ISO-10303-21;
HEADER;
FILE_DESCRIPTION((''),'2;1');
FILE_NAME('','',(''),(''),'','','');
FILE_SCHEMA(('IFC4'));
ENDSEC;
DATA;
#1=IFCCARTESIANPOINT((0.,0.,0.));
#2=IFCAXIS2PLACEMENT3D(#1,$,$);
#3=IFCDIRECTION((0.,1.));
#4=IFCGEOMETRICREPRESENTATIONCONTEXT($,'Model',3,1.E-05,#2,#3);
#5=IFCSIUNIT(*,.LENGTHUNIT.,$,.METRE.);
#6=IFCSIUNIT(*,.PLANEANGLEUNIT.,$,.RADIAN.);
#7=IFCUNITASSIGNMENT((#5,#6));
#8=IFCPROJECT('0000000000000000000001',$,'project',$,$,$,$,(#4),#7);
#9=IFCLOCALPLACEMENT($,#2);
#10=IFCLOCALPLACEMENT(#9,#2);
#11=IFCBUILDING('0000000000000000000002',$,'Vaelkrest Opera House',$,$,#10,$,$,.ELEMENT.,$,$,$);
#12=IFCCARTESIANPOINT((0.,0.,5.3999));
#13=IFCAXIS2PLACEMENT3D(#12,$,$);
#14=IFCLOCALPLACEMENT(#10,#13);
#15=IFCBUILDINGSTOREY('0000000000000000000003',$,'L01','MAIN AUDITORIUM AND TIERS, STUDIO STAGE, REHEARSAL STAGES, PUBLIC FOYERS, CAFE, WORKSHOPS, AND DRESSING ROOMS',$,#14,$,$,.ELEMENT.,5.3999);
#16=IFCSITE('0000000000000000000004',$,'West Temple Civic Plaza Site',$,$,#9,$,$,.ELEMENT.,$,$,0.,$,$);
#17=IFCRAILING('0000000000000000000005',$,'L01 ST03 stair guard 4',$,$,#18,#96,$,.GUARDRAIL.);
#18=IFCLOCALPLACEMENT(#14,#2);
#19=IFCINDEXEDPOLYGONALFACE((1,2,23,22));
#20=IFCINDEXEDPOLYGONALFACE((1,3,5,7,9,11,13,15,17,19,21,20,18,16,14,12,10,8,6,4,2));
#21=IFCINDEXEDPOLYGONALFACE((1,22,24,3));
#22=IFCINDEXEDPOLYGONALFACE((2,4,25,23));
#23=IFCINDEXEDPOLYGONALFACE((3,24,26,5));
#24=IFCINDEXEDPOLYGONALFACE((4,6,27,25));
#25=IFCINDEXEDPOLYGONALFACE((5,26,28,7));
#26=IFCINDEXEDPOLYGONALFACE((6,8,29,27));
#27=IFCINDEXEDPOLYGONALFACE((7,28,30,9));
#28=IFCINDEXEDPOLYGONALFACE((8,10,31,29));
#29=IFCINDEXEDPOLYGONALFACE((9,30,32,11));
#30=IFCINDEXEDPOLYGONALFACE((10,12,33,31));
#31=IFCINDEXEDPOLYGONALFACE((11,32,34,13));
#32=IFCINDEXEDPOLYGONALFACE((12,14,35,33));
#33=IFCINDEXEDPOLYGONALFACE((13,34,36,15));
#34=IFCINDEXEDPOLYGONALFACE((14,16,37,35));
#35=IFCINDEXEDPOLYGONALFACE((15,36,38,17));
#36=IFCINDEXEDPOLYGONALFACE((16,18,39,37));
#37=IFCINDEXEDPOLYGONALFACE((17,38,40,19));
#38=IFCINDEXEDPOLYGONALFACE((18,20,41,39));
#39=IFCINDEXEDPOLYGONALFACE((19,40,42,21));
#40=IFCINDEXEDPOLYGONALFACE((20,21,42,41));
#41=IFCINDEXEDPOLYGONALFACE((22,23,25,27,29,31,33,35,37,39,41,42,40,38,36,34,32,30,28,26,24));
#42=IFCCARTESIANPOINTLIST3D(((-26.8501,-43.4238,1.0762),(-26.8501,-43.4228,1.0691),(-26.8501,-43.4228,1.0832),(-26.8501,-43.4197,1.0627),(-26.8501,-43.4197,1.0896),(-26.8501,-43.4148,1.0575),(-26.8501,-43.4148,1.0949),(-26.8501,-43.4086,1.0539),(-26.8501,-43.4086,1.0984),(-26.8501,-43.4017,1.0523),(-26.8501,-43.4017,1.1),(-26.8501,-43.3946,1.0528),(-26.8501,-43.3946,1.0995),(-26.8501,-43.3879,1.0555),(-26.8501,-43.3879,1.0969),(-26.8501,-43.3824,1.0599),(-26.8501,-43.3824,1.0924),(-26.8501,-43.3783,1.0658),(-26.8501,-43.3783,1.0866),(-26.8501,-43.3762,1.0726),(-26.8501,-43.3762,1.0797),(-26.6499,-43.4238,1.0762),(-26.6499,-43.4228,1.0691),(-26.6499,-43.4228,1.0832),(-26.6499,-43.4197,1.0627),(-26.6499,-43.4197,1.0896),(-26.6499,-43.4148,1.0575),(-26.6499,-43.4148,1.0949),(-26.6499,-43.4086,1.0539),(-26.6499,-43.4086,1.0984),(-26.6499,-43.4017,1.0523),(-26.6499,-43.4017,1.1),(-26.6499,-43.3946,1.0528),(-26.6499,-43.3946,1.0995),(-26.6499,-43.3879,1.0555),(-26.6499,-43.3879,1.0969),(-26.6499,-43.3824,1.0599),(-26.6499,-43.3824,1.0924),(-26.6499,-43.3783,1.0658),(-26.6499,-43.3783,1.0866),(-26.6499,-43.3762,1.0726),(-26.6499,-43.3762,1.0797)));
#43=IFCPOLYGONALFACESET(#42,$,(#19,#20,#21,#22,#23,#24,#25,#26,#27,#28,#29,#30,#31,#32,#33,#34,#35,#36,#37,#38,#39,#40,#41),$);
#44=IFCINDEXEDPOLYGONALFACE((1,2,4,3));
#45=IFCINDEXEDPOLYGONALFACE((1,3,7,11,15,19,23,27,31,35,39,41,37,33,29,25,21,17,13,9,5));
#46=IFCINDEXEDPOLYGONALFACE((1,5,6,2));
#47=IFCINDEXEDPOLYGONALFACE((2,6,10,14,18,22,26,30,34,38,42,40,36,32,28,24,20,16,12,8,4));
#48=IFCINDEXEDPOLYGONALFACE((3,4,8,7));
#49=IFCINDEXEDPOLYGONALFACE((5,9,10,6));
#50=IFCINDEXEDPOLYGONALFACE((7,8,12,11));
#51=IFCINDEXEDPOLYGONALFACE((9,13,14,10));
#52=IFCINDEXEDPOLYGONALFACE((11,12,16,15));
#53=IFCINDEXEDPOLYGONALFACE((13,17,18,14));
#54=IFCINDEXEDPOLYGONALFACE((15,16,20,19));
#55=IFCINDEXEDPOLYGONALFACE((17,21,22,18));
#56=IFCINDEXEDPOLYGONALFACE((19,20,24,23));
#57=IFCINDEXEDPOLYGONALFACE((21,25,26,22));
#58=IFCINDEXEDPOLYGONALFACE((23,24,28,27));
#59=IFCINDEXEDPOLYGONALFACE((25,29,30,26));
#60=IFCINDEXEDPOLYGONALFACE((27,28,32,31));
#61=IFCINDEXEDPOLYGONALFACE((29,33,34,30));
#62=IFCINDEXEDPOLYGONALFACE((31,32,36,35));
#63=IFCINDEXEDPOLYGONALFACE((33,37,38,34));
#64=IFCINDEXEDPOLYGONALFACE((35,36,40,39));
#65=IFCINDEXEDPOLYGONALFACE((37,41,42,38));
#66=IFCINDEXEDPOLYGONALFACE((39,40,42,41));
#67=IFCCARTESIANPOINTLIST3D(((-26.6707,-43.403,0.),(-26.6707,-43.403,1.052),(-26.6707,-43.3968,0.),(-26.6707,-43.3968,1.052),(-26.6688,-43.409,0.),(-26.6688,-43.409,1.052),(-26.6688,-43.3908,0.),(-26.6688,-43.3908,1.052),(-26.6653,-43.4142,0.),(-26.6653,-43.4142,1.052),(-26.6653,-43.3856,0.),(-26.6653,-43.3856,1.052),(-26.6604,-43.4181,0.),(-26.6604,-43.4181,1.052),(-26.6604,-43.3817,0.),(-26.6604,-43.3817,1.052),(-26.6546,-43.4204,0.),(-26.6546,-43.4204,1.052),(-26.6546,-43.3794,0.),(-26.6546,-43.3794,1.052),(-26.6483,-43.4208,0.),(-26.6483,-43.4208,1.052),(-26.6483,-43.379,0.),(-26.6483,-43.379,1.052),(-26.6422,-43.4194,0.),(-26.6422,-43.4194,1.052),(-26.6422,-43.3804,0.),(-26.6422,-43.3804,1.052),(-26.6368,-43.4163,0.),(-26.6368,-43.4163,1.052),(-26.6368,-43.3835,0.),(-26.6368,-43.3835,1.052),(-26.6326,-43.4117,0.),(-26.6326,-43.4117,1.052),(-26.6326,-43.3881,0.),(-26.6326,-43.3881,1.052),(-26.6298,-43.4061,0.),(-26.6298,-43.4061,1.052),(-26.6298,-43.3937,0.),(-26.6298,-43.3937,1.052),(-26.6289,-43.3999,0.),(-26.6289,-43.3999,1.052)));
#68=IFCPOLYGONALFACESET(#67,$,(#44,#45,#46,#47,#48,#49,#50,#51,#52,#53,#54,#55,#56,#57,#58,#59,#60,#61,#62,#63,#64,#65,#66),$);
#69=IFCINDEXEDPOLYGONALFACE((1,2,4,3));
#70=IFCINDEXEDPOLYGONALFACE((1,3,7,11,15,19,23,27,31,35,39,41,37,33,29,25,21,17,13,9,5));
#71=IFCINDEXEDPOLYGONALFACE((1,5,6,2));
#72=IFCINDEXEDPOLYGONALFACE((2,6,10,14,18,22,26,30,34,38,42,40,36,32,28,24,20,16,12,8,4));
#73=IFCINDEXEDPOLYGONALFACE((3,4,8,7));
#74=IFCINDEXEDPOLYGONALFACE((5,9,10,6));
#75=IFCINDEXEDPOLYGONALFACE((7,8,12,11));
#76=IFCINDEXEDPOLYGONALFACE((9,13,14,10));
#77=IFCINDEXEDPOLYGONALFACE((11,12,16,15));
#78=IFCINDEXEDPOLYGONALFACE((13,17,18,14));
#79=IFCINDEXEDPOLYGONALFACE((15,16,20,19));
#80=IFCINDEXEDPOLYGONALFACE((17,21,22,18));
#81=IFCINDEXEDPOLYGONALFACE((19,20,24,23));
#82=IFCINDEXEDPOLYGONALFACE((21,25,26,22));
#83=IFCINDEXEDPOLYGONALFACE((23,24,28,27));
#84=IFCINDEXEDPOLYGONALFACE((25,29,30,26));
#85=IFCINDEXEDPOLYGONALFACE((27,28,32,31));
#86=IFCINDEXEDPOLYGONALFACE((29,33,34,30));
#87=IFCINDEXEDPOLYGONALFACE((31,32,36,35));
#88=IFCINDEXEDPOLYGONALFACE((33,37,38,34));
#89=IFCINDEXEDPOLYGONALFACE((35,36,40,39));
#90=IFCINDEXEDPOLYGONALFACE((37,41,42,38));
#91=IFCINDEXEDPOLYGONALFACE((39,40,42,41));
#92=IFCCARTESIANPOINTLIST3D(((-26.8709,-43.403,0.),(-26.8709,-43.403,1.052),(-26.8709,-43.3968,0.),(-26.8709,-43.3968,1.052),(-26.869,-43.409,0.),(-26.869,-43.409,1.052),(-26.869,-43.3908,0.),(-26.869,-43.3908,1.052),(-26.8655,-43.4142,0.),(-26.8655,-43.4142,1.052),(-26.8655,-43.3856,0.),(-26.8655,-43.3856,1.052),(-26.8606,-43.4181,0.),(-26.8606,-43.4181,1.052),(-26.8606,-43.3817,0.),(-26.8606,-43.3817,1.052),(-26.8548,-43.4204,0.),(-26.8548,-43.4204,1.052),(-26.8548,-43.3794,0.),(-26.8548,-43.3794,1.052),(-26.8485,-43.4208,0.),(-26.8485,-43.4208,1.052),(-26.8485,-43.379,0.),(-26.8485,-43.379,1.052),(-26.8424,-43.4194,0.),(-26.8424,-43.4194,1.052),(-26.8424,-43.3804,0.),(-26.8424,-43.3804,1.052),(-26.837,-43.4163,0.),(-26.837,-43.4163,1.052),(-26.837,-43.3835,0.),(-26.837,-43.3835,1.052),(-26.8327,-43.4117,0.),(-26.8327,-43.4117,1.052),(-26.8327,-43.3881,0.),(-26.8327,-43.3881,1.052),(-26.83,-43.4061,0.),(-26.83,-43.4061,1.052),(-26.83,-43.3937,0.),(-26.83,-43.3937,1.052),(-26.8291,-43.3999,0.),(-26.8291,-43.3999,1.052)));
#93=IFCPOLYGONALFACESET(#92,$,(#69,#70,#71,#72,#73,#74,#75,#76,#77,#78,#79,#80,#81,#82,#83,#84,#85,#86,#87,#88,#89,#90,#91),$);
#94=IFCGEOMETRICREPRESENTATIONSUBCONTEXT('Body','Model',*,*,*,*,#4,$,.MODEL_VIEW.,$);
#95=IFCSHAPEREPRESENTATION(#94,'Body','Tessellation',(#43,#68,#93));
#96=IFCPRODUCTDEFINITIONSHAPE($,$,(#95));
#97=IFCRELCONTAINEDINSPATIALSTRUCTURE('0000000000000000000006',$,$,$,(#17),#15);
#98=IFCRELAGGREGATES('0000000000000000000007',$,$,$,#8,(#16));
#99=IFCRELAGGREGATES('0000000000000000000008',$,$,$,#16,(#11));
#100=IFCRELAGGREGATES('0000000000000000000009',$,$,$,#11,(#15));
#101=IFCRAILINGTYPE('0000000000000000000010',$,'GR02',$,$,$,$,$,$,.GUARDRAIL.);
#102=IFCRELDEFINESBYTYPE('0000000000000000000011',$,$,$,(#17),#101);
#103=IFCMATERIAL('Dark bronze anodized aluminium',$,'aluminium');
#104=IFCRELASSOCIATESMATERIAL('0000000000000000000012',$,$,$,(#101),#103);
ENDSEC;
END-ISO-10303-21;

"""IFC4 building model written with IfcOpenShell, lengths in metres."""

from ifc_helpers import new_model, si_unit, direction, frame, origin, origin_2d, place, context, subcontext, project, spatial, circle, extrude, material, type_object, element, save


model = new_model("IFC4")

# Units and contexts
model_context = context("Model", 3, precision=1e-05, world=origin(), true_north=direction((0.0, 1.0)))
body_context = subcontext(model_context, "Body", "Model", "MODEL_VIEW")
ifc_project = project(units=[si_unit("LENGTHUNIT", "METRE"), si_unit("PLANEANGLEUNIT", "RADIAN")], contexts=[model_context])

# Site, building, storey
site_placement = place(None, origin())
site = spatial("IfcSite", under=ifc_project, at=site_placement, Name="West Temple Civic Plaza Site", CompositionType="ELEMENT", RefElevation=0.0)
building_placement = place(site_placement, origin())
building = spatial("IfcBuilding", under=site, at=building_placement, Name="Vaelkrest Opera House", CompositionType="ELEMENT")
storey_placement = place(building_placement, frame((0.0, 0.0, 5.3999)))
storey = spatial("IfcBuildingStorey", under=building, at=storey_placement, Name="L01", Description="MAIN AUDITORIUM AND TIERS, STUDIO STAGE, REHEARSAL STAGES, PUBLIC FOYERS, CAFE, WORKSHOPS, AND DRESSING ROOMS", CompositionType="ELEMENT", Elevation=5.3999)

# Shared definitions
ifc_material_1 = material(Name="Dark bronze anodized aluminium", Category="aluminium")

# Railing
railing_type_1 = type_object("IfcRailingType", Name="GR02", PredefinedType="GUARDRAIL", material=ifc_material_1)
railing_1_placement = place(storey_placement, frame((-26.6499, -43.3999, 0.0)))
element("IfcRailing", 1, at=railing_1_placement, inside=storey, type_object=railing_type_1, Name="L01 ST03 stair guard 4", PredefinedType="GUARDRAIL", context=body_context, shape_type="SweptSolid", body=[
    extrude(circle(Radius=0.0239, at=origin_2d()), frame((0.0, 0.0, 1.0762), z_axis=(-1.0, 0.0, 0.0), x_axis=(0.0, -1.0, 0.0)), (0.0, 0.0, 1.0), 0.2002),
    extrude(circle(Radius=0.021, at=origin_2d()), origin(), (0.0, 0.0, 1.0), 1.052),
    extrude(circle(Radius=0.021, at=origin_2d()), frame((-0.2002, 0.0, 0.0)), (0.0, 0.0, 1.0), 1.052),
])

save(model, "model.ifc")
